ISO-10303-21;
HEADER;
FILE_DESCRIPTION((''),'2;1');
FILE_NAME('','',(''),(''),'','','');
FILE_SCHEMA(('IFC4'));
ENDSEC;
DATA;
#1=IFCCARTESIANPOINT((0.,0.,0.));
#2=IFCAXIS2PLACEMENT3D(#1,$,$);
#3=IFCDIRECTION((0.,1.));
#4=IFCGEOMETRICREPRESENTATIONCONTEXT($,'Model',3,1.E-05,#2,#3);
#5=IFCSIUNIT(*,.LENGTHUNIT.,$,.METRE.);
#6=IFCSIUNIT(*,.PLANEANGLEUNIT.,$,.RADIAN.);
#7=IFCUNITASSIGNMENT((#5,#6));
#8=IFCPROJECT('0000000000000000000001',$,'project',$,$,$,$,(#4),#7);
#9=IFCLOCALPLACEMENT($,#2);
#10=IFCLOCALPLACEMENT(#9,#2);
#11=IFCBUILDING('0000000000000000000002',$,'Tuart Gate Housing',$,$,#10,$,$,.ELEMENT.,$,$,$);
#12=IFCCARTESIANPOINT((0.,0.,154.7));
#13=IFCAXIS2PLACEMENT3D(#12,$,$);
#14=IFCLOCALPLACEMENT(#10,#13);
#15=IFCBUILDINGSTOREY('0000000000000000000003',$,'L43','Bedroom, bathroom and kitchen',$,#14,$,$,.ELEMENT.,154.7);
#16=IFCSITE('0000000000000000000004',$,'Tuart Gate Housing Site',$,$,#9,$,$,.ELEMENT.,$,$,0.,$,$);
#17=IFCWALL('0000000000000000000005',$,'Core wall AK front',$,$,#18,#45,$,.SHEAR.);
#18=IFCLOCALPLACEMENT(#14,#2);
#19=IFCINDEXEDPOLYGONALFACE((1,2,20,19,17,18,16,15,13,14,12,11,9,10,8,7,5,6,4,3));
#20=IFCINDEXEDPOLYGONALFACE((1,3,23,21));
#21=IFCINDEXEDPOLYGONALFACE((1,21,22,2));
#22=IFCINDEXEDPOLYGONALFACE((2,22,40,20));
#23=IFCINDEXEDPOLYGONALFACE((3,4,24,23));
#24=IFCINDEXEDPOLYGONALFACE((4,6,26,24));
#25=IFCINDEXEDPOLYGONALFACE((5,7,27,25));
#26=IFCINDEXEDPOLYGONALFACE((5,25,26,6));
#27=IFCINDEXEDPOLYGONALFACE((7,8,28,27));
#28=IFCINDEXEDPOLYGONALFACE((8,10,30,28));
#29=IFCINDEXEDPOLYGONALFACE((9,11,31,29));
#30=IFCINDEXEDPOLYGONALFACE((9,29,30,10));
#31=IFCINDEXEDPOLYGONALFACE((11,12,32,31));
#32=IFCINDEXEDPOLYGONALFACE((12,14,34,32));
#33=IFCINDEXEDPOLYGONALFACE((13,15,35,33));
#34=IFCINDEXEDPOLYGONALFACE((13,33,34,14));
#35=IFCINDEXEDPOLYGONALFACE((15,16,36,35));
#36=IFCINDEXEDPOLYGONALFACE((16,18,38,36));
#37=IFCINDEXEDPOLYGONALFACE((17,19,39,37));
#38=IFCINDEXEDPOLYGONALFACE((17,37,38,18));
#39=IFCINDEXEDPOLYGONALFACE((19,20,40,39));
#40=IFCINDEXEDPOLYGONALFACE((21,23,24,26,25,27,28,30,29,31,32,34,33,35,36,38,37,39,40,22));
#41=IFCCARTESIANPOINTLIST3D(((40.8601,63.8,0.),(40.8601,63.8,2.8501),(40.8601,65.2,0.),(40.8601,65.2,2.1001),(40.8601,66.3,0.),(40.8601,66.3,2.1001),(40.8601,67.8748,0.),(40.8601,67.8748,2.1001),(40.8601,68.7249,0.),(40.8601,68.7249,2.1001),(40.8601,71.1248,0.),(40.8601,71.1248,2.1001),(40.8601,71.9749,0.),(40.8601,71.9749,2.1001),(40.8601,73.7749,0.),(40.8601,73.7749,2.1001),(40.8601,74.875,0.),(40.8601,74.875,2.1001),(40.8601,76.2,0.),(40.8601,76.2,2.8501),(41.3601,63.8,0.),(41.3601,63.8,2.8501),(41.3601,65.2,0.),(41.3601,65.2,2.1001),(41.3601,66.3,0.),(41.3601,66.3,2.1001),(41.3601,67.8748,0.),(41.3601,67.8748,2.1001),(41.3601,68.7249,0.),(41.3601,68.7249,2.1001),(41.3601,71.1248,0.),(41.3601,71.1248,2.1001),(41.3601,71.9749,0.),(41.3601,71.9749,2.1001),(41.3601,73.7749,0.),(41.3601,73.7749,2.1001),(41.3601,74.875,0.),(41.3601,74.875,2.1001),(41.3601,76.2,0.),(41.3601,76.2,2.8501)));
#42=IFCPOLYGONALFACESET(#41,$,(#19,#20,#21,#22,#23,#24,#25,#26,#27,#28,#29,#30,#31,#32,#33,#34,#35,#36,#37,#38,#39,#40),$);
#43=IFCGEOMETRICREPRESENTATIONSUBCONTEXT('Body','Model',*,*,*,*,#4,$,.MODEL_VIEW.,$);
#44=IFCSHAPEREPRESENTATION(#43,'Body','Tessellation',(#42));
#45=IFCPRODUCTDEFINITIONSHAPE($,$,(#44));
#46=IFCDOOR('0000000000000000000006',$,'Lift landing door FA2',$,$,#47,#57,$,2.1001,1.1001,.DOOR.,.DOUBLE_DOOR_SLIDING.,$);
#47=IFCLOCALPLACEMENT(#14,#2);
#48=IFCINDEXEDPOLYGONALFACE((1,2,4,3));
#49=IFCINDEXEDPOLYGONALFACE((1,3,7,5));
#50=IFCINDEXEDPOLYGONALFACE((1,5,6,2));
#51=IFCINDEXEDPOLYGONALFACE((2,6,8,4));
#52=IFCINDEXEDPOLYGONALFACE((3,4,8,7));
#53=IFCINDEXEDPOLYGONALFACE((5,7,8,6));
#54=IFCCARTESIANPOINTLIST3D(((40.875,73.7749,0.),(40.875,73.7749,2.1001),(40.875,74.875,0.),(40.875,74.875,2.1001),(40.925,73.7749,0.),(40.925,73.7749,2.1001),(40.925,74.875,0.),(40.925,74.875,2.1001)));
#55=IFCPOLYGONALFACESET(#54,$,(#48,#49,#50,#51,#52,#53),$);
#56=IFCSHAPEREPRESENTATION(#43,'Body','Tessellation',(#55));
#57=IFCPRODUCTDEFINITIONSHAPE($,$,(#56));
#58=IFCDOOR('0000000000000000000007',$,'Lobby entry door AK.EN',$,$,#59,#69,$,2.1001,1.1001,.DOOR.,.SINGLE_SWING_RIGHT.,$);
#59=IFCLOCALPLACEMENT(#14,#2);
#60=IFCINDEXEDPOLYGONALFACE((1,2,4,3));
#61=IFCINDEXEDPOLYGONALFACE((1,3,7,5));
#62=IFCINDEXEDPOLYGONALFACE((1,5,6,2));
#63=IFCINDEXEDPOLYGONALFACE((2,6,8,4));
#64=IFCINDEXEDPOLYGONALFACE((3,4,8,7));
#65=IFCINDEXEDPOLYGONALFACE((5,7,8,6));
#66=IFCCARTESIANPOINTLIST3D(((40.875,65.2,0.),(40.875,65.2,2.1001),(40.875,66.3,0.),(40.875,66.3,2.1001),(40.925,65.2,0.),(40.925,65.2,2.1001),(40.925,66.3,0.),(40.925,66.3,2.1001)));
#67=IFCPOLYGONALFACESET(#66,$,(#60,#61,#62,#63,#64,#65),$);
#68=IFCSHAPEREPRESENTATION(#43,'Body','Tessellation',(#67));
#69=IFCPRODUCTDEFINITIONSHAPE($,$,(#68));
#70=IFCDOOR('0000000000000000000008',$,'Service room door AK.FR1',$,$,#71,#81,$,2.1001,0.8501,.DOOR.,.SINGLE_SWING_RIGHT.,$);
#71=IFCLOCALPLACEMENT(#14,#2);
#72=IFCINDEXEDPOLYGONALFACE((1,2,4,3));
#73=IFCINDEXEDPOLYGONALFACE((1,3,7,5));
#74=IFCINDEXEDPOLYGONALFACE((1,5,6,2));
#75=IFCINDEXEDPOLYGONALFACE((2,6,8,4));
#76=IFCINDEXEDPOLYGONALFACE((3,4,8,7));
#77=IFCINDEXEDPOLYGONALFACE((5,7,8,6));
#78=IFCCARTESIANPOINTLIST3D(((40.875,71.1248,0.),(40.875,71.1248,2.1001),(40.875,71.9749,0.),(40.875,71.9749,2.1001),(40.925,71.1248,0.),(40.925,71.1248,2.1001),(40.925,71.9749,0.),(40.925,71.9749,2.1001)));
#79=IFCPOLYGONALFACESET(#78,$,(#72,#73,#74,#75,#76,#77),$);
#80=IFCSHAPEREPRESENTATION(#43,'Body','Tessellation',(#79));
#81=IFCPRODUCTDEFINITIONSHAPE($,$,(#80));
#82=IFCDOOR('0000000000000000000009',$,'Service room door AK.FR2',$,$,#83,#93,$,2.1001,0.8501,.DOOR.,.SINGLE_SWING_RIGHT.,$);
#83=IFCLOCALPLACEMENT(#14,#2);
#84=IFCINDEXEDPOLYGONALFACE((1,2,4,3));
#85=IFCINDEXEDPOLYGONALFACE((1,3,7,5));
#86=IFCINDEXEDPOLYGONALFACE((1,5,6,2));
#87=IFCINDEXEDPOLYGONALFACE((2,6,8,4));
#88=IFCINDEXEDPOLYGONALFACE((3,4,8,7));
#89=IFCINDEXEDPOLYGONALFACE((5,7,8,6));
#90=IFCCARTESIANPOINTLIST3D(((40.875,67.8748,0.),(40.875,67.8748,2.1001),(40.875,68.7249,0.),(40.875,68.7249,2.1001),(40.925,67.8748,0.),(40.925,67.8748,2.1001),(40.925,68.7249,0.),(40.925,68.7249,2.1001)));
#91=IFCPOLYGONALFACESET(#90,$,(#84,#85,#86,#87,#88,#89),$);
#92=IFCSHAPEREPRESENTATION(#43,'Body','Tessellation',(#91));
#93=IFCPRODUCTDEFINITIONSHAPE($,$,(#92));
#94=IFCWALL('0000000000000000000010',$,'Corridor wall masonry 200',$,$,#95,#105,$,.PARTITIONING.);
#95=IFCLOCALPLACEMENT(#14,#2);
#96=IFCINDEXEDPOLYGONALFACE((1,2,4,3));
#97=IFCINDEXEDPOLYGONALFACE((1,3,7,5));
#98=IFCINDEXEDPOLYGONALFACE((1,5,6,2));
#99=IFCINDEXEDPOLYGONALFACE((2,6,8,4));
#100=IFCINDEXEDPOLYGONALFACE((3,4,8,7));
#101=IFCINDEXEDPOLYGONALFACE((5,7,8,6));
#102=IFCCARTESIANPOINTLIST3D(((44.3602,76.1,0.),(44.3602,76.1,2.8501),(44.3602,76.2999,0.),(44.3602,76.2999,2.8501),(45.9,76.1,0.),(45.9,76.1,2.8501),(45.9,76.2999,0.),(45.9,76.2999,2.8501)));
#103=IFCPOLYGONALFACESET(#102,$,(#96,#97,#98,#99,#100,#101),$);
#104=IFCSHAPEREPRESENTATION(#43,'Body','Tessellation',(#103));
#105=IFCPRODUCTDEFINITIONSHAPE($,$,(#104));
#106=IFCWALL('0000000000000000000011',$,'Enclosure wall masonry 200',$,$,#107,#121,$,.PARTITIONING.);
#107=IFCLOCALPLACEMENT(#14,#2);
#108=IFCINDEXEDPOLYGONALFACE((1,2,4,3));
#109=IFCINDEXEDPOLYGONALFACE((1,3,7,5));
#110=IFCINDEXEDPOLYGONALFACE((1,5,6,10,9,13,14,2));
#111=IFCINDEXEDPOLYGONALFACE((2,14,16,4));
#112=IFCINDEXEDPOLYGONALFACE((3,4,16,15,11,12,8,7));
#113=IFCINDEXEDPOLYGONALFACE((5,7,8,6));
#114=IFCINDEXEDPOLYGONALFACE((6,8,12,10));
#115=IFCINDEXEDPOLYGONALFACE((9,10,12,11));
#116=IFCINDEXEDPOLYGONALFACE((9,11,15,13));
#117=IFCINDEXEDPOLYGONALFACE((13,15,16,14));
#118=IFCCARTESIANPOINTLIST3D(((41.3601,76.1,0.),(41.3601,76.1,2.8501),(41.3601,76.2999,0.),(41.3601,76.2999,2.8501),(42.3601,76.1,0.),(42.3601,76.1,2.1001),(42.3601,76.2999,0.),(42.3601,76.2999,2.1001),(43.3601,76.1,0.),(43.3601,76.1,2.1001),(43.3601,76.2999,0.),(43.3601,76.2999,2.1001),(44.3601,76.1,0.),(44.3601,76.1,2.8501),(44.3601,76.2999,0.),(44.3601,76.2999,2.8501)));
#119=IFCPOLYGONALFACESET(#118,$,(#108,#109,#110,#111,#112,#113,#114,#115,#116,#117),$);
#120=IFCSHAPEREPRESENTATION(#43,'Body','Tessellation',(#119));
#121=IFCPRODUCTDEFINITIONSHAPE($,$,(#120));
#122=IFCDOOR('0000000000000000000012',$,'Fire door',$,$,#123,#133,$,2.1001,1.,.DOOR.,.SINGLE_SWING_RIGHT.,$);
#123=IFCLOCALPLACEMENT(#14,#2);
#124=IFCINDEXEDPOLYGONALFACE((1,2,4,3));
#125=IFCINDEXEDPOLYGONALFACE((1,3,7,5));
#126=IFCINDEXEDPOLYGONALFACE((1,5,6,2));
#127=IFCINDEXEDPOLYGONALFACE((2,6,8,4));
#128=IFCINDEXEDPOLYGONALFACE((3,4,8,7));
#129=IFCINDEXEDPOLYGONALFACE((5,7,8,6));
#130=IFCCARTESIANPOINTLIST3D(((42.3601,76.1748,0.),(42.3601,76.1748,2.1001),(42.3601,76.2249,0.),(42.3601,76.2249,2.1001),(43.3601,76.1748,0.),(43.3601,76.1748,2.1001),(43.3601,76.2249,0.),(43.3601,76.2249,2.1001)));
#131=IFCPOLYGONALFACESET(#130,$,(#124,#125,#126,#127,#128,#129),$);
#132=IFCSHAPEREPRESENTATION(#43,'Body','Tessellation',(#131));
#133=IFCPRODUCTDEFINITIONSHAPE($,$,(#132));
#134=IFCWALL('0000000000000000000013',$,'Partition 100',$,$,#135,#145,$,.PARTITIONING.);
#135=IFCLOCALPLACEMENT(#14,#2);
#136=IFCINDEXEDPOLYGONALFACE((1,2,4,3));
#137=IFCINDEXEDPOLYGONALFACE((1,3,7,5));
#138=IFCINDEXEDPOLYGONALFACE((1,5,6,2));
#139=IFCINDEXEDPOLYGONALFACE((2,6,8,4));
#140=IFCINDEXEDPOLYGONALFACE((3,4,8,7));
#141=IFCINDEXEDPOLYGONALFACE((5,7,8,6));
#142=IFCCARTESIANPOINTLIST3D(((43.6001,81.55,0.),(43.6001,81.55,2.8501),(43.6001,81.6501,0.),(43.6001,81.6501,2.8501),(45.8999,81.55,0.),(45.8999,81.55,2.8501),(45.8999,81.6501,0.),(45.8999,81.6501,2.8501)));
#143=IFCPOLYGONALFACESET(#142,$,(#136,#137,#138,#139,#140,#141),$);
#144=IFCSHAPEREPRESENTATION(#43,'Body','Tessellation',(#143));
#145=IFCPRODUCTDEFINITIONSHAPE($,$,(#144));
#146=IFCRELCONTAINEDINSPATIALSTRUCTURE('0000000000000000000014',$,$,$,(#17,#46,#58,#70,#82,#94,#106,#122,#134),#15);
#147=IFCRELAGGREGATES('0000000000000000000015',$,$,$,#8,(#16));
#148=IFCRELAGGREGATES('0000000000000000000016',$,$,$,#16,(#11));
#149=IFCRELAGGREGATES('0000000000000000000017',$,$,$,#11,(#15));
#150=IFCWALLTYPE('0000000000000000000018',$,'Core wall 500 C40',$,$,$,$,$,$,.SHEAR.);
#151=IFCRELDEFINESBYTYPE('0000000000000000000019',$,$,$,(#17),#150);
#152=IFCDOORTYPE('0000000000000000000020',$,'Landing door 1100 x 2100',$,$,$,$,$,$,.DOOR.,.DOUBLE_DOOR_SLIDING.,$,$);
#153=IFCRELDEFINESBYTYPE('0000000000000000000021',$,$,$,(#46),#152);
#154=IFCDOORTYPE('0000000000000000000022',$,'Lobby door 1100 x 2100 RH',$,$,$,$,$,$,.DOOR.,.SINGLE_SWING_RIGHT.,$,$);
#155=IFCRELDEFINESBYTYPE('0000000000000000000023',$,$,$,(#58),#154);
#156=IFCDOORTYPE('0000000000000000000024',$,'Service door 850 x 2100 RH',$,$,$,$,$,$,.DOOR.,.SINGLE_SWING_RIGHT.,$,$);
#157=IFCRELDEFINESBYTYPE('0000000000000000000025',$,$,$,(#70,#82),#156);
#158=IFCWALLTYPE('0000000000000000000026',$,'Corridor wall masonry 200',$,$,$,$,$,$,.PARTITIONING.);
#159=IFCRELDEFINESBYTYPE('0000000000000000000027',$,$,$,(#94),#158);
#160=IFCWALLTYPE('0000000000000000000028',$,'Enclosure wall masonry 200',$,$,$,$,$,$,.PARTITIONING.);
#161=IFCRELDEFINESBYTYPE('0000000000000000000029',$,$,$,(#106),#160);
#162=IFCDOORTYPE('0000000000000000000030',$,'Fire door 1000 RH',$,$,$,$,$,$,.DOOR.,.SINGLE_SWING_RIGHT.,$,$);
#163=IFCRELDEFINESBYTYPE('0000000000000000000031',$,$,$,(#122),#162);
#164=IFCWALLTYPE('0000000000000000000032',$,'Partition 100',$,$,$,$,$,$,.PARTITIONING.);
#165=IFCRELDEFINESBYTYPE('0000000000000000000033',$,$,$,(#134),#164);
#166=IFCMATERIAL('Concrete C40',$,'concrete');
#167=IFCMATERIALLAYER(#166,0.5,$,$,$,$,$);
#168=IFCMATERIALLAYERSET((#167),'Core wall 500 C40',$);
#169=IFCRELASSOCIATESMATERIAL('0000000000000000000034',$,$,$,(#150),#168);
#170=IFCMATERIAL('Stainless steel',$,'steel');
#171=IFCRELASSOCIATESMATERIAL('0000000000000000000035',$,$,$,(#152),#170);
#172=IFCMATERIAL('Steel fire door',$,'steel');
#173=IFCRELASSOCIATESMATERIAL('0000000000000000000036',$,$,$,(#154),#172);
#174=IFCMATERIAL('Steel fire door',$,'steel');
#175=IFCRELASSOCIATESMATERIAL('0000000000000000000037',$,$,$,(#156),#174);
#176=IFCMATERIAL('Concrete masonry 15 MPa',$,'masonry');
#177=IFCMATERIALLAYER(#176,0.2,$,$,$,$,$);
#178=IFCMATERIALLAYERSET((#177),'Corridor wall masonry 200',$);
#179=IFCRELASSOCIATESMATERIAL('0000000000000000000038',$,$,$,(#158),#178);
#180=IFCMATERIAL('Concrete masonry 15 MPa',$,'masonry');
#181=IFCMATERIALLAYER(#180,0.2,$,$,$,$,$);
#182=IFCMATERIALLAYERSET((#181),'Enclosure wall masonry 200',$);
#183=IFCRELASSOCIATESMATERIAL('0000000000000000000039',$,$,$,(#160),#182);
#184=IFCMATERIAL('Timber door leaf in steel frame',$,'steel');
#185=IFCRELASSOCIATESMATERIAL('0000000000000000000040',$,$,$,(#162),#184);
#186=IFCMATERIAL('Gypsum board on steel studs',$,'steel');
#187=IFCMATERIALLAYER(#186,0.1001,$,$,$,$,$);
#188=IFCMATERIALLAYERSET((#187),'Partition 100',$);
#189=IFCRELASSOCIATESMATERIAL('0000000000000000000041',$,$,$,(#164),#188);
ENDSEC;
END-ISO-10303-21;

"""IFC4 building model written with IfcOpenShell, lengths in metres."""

from ifc_helpers import new_model, si_unit, direction, frame, frame_2d, origin, place, context, subcontext, project, spatial, rectangle, extrude, material, layer, layer_set, type_object, element, fill, save


model = new_model("IFC4")

# Units and contexts
model_context = context("Model", 3, precision=1e-05, world=origin(), true_north=direction((0.0, 1.0)))
body_context = subcontext(model_context, "Body", "Model", "MODEL_VIEW")
ifc_project = project(units=[si_unit("LENGTHUNIT", "METRE"), si_unit("PLANEANGLEUNIT", "RADIAN")], contexts=[model_context])

# Site, building, storey
site_placement = place(None, origin())
site = spatial("IfcSite", under=ifc_project, at=site_placement, Name="Tuart Gate Housing Site", CompositionType="ELEMENT", RefElevation=0.0)
building_placement = place(site_placement, origin())
building = spatial("IfcBuilding", under=site, at=building_placement, Name="Tuart Gate Housing", CompositionType="ELEMENT")
storey_placement = place(building_placement, frame((0.0, 0.0, 154.7)))
storey = spatial("IfcBuildingStorey", under=building, at=storey_placement, Name="L43", Description="Bedroom, bathroom and kitchen", CompositionType="ELEMENT", Elevation=154.7)

# Wall, openings, doors
ifc_material_1 = material(Name="Concrete C40", Category="concrete")
ifc_layer_1 = layer(ifc_material_1, 0.5)
ifc_layer_set_1 = layer_set([ifc_layer_1], Name="Core wall 500 C40")
wall_type_1 = type_object("IfcWallType", Name="Core wall 500 C40", PredefinedType="SHEAR", material=ifc_layer_set_1)
wall_1_placement = place(storey_placement, frame((41.1101, 76.2, 0.0), z_axis=(0.0, 0.0, 1.0), x_axis=(0.0, -1.0, 0.0)))
wall_1 = element("IfcWall", 1, at=wall_1_placement, inside=storey, type_object=wall_type_1, Name="Core wall AK front", PredefinedType="SHEAR", context=body_context, shape_type="SweptSolid", body=[
    extrude(rectangle(XDim=12.3999, YDim=0.5, at=frame_2d((6.2, 0.0))), origin(), (0.0, 0.0, 1.0), 2.8501),
])
opening_1_placement = place(wall_1_placement, frame((1.325, 0.0, 0.0)))
opening_1 = element("IfcOpeningElement", 2, at=opening_1_placement, cuts=wall_1, PredefinedType="OPENING", context=body_context, shape_type="SweptSolid", body=[
    extrude(rectangle(XDim=1.1001, YDim=2.1001, at=frame_2d((0.55, 1.05))), frame((0.0, 0.26, 0.0), z_axis=(0.0, -1.0, 0.0), x_axis=(1.0, 0.0, 0.0)), (0.0, 0.0, 1.0), 0.52),
])
opening_2_placement = place(wall_1_placement, frame((4.2251, 0.0, 0.0)))
opening_2 = element("IfcOpeningElement", 3, at=opening_2_placement, cuts=wall_1, PredefinedType="OPENING", context=body_context, shape_type="SweptSolid", body=[
    extrude(rectangle(XDim=0.8501, YDim=2.1001, at=frame_2d((0.425, 1.05))), frame((0.0, 0.26, 0.0), z_axis=(0.0, -1.0, 0.0), x_axis=(1.0, 0.0, 0.0)), (0.0, 0.0, 1.0), 0.52),
])
opening_3_placement = place(wall_1_placement, frame((7.4751, 0.0, 0.0)))
opening_3 = element("IfcOpeningElement", 4, at=opening_3_placement, cuts=wall_1, PredefinedType="OPENING", context=body_context, shape_type="SweptSolid", body=[
    extrude(rectangle(XDim=0.8501, YDim=2.1001, at=frame_2d((0.425, 1.05))), frame((0.0, 0.26, 0.0), z_axis=(0.0, -1.0, 0.0), x_axis=(1.0, 0.0, 0.0)), (0.0, 0.0, 1.0), 0.52),
])
opening_4_placement = place(wall_1_placement, frame((9.8999, 0.0, 0.0)))
opening_4 = element("IfcOpeningElement", 5, at=opening_4_placement, cuts=wall_1, PredefinedType="OPENING", context=body_context, shape_type="SweptSolid", body=[
    extrude(rectangle(XDim=1.1001, YDim=2.1001, at=frame_2d((0.55, 1.05))), frame((0.0, 0.26, 0.0), z_axis=(0.0, -1.0, 0.0), x_axis=(1.0, 0.0, 0.0)), (0.0, 0.0, 1.0), 0.52),
])
ifc_material_2 = material(Name="Stainless steel", Category="steel")
door_type_1 = type_object("IfcDoorType", Name="Landing door 1100 x 2100", OperationType="DOUBLE_DOOR_SLIDING", PredefinedType="DOOR", material=ifc_material_2)
door_1_placement = place(opening_1_placement, origin())
door_1 = element("IfcDoor", 6, at=door_1_placement, inside=storey, type_object=door_type_1, Name="Lift landing door FA2", OperationType="DOUBLE_DOOR_SLIDING", OverallHeight=2.1001, OverallWidth=1.1001, PredefinedType="DOOR", context=body_context, shape_type="SweptSolid", body=[
    extrude(rectangle(XDim=1.1001, YDim=2.1001, at=frame_2d((0.55, 1.05))), frame((0.0, -0.1851, 0.0), z_axis=(0.0, -1.0, 0.0), x_axis=(1.0, 0.0, 0.0)), (0.0, 0.0, 1.0), 0.05),
])
fill(opening_1, door_1)
ifc_material_3 = material(Name="Steel fire door", Category="steel")
door_type_2 = type_object("IfcDoorType", Name="Lobby door 1100 x 2100 RH", OperationType="SINGLE_SWING_RIGHT", PredefinedType="DOOR", material=ifc_material_3)
door_2_placement = place(opening_4_placement, frame((1.1001, 0.0, 0.0), z_axis=(0.0, 0.0, 1.0), x_axis=(-1.0, 0.0, 0.0)))
door_2 = element("IfcDoor", 7, at=door_2_placement, inside=storey, type_object=door_type_2, Name="Lobby entry door AK.EN", OperationType="SINGLE_SWING_RIGHT", OverallHeight=2.1001, OverallWidth=1.1001, PredefinedType="DOOR", context=body_context, shape_type="SweptSolid", body=[
    extrude(rectangle(XDim=1.1001, YDim=2.1001, at=frame_2d((0.55, 1.05))), frame((0.0, 0.2351, 0.0), z_axis=(0.0, -1.0, 0.0), x_axis=(1.0, 0.0, 0.0)), (0.0, 0.0, 1.0), 0.05),
])
fill(opening_4, door_2)
ifc_material_4 = material(Name="Steel fire door", Category="steel")
door_type_3 = type_object("IfcDoorType", Name="Service door 850 x 2100 RH", OperationType="SINGLE_SWING_RIGHT", PredefinedType="DOOR", material=ifc_material_4)
door_3_placement = place(opening_2_placement, frame((0.8501, 0.0, 0.0), z_axis=(0.0, 0.0, 1.0), x_axis=(-1.0, 0.0, 0.0)))
door_3 = element("IfcDoor", 8, at=door_3_placement, inside=storey, type_object=door_type_3, Name="Service room door AK.FR1", OperationType="SINGLE_SWING_RIGHT", OverallHeight=2.1001, OverallWidth=0.8501, PredefinedType="DOOR", context=body_context, shape_type="SweptSolid", body=[
    extrude(rectangle(XDim=0.8501, YDim=2.1001, at=frame_2d((0.425, 1.05))), frame((0.0, 0.2351, 0.0), z_axis=(0.0, -1.0, 0.0), x_axis=(1.0, 0.0, 0.0)), (0.0, 0.0, 1.0), 0.05),
])
fill(opening_2, door_3)
door_4_placement = place(opening_3_placement, frame((0.8501, 0.0, 0.0), z_axis=(0.0, 0.0, 1.0), x_axis=(-1.0, 0.0, 0.0)))
door_4 = element("IfcDoor", 9, at=door_4_placement, inside=storey, type_object=door_type_3, Name="Service room door AK.FR2", OperationType="SINGLE_SWING_RIGHT", OverallHeight=2.1001, OverallWidth=0.8501, PredefinedType="DOOR", context=body_context, shape_type="SweptSolid", body=[
    extrude(rectangle(XDim=0.8501, YDim=2.1001, at=frame_2d((0.425, 1.05))), frame((0.0, 0.2351, 0.0), z_axis=(0.0, -1.0, 0.0), x_axis=(1.0, 0.0, 0.0)), (0.0, 0.0, 1.0), 0.05),
])
fill(opening_3, door_4)

# Wall
ifc_material_5 = material(Name="Concrete masonry 15 MPa", Category="masonry")
ifc_layer_2 = layer(ifc_material_5, 0.2)
ifc_layer_set_2 = layer_set([ifc_layer_2], Name="Corridor wall masonry 200")
wall_type_2 = type_object("IfcWallType", Name="Corridor wall masonry 200", PredefinedType="PARTITIONING", material=ifc_layer_set_2)
wall_2_placement = place(storey_placement, frame((44.3601, 76.2, 0.0), z_axis=(0.0, 0.0, 1.0), x_axis=(1.0, 0.0, 0.0)))
element("IfcWall", 10, at=wall_2_placement, inside=storey, type_object=wall_type_2, Name="Corridor wall masonry 200", PredefinedType="PARTITIONING", context=body_context, shape_type="SweptSolid", body=[
    extrude(rectangle(XDim=1.5398, YDim=0.2, at=frame_2d((0.77, 0.0))), origin(), (0.0, 0.0, 1.0), 2.8501),
])

# Wall, opening, door
ifc_material_6 = material(Name="Concrete masonry 15 MPa", Category="masonry")
ifc_layer_3 = layer(ifc_material_6, 0.2)
ifc_layer_set_3 = layer_set([ifc_layer_3], Name="Enclosure wall masonry 200")
wall_type_3 = type_object("IfcWallType", Name="Enclosure wall masonry 200", PredefinedType="PARTITIONING", material=ifc_layer_set_3)
wall_3_placement = place(storey_placement, frame((41.3601, 76.2, 0.0), z_axis=(0.0, 0.0, 1.0), x_axis=(1.0, 0.0, 0.0)))
wall_3 = element("IfcWall", 11, at=wall_3_placement, inside=storey, type_object=wall_type_3, Name="Enclosure wall masonry 200", PredefinedType="PARTITIONING", context=body_context, shape_type="SweptSolid", body=[
    extrude(rectangle(XDim=3.0, YDim=0.2, at=frame_2d((1.5, 0.0))), origin(), (0.0, 0.0, 1.0), 2.8501),
])
opening_5_placement = place(wall_3_placement, frame((1.0, 0.0, 0.0)))
opening_5 = element("IfcOpeningElement", 12, at=opening_5_placement, cuts=wall_3, PredefinedType="OPENING", context=body_context, shape_type="SweptSolid", body=[
    extrude(rectangle(XDim=1.0, YDim=2.1001, at=frame_2d((0.5, 1.05))), frame((0.0, 0.1099, 0.0), z_axis=(0.0, -1.0, 0.0), x_axis=(1.0, 0.0, 0.0)), (0.0, 0.0, 1.0), 0.22),
])
ifc_material_7 = material(Name="Timber door leaf in steel frame", Category="steel")
door_type_4 = type_object("IfcDoorType", Name="Fire door 1000 RH", OperationType="SINGLE_SWING_RIGHT", PredefinedType="DOOR", material=ifc_material_7)
door_5_placement = place(opening_5_placement, origin())
door_5 = element("IfcDoor", 13, at=door_5_placement, inside=storey, type_object=door_type_4, Name="Fire door", OperationType="SINGLE_SWING_RIGHT", OverallHeight=2.1001, OverallWidth=1.0, PredefinedType="DOOR", context=body_context, shape_type="SweptSolid", body=[
    extrude(rectangle(XDim=1.0, YDim=2.1001, at=frame_2d((0.5, 1.05))), frame((0.0, 0.0249, 0.0), z_axis=(0.0, -1.0, 0.0), x_axis=(1.0, 0.0, 0.0)), (0.0, 0.0, 1.0), 0.05),
])
fill(opening_5, door_5)

# Wall
ifc_material_8 = material(Name="Gypsum board on steel studs", Category="steel")
ifc_layer_4 = layer(ifc_material_8, 0.1001)
ifc_layer_set_4 = layer_set([ifc_layer_4], Name="Partition 100")
wall_type_4 = type_object("IfcWallType", Name="Partition 100", PredefinedType="PARTITIONING", material=ifc_layer_set_4)
wall_4_placement = place(storey_placement, frame((43.6001, 81.6001, 0.0), z_axis=(0.0, 0.0, 1.0), x_axis=(1.0, 0.0, 0.0)))
element("IfcWall", 14, at=wall_4_placement, inside=storey, type_object=wall_type_4, Name="Partition 100", PredefinedType="PARTITIONING", context=body_context, shape_type="SweptSolid", body=[
    extrude(rectangle(XDim=2.2998, YDim=0.1001, at=frame_2d((1.1499, 0.0))), origin(), (0.0, 0.0, 1.0), 2.8501),
])

save(model, "model.ifc")
